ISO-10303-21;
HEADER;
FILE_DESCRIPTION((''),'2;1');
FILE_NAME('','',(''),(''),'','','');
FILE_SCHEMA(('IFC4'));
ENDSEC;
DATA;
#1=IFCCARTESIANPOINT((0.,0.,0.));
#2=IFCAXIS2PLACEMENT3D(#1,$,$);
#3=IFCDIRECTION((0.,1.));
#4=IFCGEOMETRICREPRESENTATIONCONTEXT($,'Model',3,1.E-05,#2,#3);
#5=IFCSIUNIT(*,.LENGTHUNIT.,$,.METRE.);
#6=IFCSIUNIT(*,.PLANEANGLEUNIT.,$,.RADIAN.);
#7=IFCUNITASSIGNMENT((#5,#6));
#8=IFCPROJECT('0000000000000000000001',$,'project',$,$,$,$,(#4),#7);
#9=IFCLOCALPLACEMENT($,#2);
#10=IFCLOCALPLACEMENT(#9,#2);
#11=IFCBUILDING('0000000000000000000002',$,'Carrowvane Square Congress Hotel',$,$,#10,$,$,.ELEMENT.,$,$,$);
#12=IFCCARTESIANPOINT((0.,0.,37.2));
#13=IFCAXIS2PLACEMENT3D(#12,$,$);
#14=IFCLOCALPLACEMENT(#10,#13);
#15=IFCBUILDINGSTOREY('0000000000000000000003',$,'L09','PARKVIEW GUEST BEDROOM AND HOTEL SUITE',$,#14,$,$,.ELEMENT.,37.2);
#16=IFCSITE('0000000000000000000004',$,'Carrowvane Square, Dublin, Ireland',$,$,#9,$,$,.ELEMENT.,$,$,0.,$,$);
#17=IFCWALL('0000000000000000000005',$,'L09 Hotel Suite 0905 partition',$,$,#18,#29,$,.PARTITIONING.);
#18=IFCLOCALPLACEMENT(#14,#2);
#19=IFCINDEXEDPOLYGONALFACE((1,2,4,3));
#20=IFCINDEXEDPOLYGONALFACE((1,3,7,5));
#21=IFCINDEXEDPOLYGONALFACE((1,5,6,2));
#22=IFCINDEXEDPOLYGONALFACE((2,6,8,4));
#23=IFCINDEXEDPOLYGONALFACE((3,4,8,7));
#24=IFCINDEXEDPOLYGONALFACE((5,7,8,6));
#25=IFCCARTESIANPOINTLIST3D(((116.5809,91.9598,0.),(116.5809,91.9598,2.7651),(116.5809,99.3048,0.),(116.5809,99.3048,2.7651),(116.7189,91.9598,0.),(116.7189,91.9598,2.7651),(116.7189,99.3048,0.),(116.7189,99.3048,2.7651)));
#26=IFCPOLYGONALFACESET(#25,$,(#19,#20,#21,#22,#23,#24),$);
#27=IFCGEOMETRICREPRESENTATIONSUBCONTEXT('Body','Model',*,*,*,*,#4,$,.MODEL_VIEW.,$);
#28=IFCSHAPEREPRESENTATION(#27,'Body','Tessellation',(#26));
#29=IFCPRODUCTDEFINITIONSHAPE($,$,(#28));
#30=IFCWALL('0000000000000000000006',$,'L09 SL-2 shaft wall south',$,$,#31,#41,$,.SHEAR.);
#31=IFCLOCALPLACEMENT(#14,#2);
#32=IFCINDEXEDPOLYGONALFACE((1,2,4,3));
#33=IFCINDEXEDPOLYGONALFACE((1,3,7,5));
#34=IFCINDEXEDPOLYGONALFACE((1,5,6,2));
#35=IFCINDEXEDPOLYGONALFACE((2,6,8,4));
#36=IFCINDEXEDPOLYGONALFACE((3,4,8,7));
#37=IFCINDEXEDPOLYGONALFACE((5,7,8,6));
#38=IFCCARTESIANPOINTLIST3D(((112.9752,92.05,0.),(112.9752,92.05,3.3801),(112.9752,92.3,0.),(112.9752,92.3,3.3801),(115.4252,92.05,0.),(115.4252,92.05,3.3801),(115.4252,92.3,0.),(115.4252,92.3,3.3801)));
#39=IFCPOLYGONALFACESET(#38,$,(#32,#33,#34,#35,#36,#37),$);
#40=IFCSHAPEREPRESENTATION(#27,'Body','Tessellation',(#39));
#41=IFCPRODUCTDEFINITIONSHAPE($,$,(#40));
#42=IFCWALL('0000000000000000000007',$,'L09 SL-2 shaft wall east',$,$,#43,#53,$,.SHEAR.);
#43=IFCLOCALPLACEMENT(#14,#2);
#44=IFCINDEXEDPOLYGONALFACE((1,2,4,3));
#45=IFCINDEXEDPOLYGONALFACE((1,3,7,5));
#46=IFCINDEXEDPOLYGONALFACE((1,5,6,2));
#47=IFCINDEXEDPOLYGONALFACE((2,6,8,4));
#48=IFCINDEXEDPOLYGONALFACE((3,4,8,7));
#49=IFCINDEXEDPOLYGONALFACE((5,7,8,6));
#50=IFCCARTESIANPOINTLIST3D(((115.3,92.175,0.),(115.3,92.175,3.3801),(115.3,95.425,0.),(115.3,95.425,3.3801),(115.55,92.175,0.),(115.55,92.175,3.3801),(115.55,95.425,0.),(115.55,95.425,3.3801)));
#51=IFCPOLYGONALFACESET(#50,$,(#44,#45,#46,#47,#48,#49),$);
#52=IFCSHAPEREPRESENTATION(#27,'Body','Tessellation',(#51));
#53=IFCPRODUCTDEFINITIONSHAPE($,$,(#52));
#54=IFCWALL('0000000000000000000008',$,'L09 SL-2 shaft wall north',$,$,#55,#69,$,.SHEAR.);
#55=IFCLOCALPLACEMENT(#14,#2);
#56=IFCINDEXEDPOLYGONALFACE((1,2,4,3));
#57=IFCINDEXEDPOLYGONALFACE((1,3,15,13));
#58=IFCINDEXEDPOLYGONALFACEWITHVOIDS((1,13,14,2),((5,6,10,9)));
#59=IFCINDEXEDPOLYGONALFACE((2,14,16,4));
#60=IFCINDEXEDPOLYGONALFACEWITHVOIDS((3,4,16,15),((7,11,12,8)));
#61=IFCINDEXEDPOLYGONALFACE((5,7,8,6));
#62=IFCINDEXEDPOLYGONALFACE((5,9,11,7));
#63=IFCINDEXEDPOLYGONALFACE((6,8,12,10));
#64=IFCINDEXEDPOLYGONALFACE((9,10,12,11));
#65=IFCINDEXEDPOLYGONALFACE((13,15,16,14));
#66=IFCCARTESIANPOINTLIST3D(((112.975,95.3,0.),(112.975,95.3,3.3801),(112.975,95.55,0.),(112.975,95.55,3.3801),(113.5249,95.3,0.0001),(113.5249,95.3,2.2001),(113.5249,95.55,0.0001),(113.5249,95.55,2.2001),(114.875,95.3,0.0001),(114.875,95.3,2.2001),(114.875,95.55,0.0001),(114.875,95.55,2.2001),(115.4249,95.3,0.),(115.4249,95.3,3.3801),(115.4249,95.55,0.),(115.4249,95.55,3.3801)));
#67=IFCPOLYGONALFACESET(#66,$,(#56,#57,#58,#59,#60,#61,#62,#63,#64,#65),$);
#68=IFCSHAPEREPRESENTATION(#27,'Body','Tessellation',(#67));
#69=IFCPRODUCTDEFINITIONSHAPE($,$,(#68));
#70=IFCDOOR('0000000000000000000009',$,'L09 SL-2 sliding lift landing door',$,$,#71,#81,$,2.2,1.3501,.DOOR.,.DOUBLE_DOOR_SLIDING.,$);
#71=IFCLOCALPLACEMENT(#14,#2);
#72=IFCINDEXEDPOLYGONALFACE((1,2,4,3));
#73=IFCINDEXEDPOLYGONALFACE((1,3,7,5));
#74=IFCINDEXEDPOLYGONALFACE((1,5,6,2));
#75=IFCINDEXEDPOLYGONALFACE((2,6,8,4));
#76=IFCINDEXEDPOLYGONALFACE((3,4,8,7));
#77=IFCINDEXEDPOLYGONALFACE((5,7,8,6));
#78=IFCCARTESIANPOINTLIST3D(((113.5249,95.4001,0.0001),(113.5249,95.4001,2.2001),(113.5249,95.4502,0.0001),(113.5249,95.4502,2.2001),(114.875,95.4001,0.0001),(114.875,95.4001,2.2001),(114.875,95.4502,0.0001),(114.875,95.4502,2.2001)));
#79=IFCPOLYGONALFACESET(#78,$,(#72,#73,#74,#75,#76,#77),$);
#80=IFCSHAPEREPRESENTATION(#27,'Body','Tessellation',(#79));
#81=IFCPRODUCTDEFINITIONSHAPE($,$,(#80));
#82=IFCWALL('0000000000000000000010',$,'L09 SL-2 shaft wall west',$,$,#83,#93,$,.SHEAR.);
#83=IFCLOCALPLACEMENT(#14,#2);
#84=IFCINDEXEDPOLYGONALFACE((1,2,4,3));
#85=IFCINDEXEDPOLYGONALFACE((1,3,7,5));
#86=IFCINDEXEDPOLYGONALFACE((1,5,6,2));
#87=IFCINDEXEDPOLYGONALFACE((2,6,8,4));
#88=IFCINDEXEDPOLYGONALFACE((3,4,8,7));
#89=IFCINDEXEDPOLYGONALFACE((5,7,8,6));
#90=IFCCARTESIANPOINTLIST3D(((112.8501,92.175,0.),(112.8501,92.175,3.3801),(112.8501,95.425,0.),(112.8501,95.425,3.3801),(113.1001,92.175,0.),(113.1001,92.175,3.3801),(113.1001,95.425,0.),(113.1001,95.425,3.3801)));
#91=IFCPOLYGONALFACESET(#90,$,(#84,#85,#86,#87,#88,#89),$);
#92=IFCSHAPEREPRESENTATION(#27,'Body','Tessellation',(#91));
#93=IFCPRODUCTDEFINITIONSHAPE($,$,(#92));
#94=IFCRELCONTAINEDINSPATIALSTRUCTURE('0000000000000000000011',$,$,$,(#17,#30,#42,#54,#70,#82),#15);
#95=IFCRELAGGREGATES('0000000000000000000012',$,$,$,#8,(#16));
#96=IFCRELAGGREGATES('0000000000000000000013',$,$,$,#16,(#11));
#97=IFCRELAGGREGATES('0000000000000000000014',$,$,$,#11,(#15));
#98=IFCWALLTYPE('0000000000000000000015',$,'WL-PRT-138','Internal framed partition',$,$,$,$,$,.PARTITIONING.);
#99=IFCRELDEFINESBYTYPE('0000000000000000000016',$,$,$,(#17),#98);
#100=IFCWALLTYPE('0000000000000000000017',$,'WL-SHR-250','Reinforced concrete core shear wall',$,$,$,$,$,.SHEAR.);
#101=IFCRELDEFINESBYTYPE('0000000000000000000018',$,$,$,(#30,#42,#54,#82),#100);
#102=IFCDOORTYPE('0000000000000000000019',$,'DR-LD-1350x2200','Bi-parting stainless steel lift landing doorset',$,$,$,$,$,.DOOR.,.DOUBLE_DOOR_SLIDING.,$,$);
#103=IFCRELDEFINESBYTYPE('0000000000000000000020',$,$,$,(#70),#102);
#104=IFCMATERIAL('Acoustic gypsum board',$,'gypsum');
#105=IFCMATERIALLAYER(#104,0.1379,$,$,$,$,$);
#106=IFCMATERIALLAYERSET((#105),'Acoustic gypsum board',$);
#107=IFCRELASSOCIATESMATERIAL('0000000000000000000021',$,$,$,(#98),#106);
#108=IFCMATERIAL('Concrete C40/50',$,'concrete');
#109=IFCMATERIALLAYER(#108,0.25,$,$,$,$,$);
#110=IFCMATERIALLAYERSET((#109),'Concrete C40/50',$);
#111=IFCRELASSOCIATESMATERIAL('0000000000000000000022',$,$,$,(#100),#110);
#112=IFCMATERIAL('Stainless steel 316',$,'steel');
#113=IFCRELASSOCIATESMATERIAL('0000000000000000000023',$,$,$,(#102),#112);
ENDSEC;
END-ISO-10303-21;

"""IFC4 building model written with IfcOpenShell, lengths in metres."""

from ifc_helpers import new_model, si_unit, direction, frame, frame_2d, origin, place, context, subcontext, project, spatial, rectangle, extrude, material, layer, layer_set, type_object, element, fill, save


model = new_model("IFC4")

# Units and contexts
model_context = context("Model", 3, precision=1e-05, world=origin(), true_north=direction((0.0, 1.0)))
body_context = subcontext(model_context, "Body", "Model", "MODEL_VIEW")
ifc_project = project(units=[si_unit("LENGTHUNIT", "METRE"), si_unit("PLANEANGLEUNIT", "RADIAN")], contexts=[model_context])

# Site, building, storey
site_placement = place(None, origin())
site = spatial("IfcSite", under=ifc_project, at=site_placement, Name="Carrowvane Square, Dublin, Ireland", CompositionType="ELEMENT", RefElevation=0.0)
building_placement = place(site_placement, origin())
building = spatial("IfcBuilding", under=site, at=building_placement, Name="Carrowvane Square Congress Hotel", CompositionType="ELEMENT")
storey_placement = place(building_placement, frame((0.0, 0.0, 37.2)))
storey = spatial("IfcBuildingStorey", under=building, at=storey_placement, Name="L09", Description="PARKVIEW GUEST BEDROOM AND HOTEL SUITE", CompositionType="ELEMENT", Elevation=37.2)

# Walls
ifc_material_1 = material(Name="Acoustic gypsum board", Category="gypsum")
ifc_layer_1 = layer(ifc_material_1, 0.1379)
ifc_layer_set_1 = layer_set([ifc_layer_1], Name="Acoustic gypsum board")
wall_type_1 = type_object("IfcWallType", Name="WL-PRT-138", Description="Internal framed partition", PredefinedType="PARTITIONING", material=ifc_layer_set_1)
wall_1_placement = place(storey_placement, frame((116.6499, 91.96, 0.0), z_axis=(0.0, 0.0, 1.0), x_axis=(0.0, 1.0, 0.0)))
element("IfcWall", 1, at=wall_1_placement, inside=storey, type_object=wall_type_1, Name="L09 Hotel Suite 0905 partition", PredefinedType="PARTITIONING", context=body_context, shape_type="SweptSolid", body=[
    extrude(rectangle(XDim=7.345, YDim=0.1379, at=frame_2d((3.6724, 0.0))), origin(), (0.0, 0.0, 1.0), 2.7651),
])
ifc_material_2 = material(Name="Concrete C40/50", Category="concrete")
ifc_layer_2 = layer(ifc_material_2, 0.25)
ifc_layer_set_2 = layer_set([ifc_layer_2], Name="Concrete C40/50")
wall_type_2 = type_object("IfcWallType", Name="WL-SHR-250", Description="Reinforced concrete core shear wall", PredefinedType="SHEAR", material=ifc_layer_set_2)
wall_2_placement = place(storey_placement, frame((112.9751, 92.175, 0.0), z_axis=(0.0, 0.0, 1.0), x_axis=(1.0, 0.0, 0.0)))
element("IfcWall", 2, at=wall_2_placement, inside=storey, type_object=wall_type_2, Name="L09 SL-2 shaft wall south", PredefinedType="SHEAR", context=body_context, shape_type="SweptSolid", body=[
    extrude(rectangle(XDim=2.45, YDim=0.25, at=frame_2d((1.2251, 0.0))), origin(), (0.0, 0.0, 1.0), 3.3801),
])
wall_3_placement = place(storey_placement, frame((115.425, 92.175, 0.0), z_axis=(0.0, 0.0, 1.0), x_axis=(0.0, 1.0, 0.0)))
element("IfcWall", 3, at=wall_3_placement, inside=storey, type_object=wall_type_2, Name="L09 SL-2 shaft wall east", PredefinedType="SHEAR", context=body_context, shape_type="SweptSolid", body=[
    extrude(rectangle(XDim=3.25, YDim=0.25, at=frame_2d((1.625, 0.0))), origin(), (0.0, 0.0, 1.0), 3.3801),
])

# Wall, opening, door
wall_4_placement = place(storey_placement, frame((115.425, 95.425, 0.0), z_axis=(0.0, 0.0, 1.0), x_axis=(-1.0, 0.0, 0.0)))
wall_4 = element("IfcWall", 4, at=wall_4_placement, inside=storey, type_object=wall_type_2, Name="L09 SL-2 shaft wall north", PredefinedType="SHEAR", context=body_context, shape_type="SweptSolid", body=[
    extrude(rectangle(XDim=2.45, YDim=0.25, at=frame_2d((1.2251, 0.0))), origin(), (0.0, 0.0, 1.0), 3.3801),
])
opening_1_placement = place(wall_4_placement, frame((0.55, 0.0, 0.0)))
opening_1 = element("IfcOpeningElement", 5, at=opening_1_placement, cuts=wall_4, PredefinedType="OPENING", context=body_context, shape_type="SweptSolid", body=[
    extrude(rectangle(XDim=1.3501, YDim=2.2, at=frame_2d((0.675, 1.1001))), frame((0.0, 0.135, 0.0), z_axis=(0.0, -1.0, 0.0), x_axis=(1.0, 0.0, 0.0)), (0.0, 0.0, 1.0), 0.27),
])
ifc_material_3 = material(Name="Stainless steel 316", Category="steel")
door_type_1 = type_object("IfcDoorType", Name="DR-LD-1350x2200", Description="Bi-parting stainless steel lift landing doorset", OperationType="DOUBLE_DOOR_SLIDING", PredefinedType="DOOR", material=ifc_material_3)
door_1_placement = place(opening_1_placement, origin())
door_1 = element("IfcDoor", 6, at=door_1_placement, inside=storey, type_object=door_type_1, Name="L09 SL-2 sliding lift landing door", OperationType="DOUBLE_DOOR_SLIDING", OverallHeight=2.2, OverallWidth=1.3501, PredefinedType="DOOR", context=body_context, shape_type="SweptSolid", body=[
    extrude(rectangle(XDim=1.3501, YDim=2.2, at=frame_2d((0.675, 1.1001))), frame((0.0, 0.0249, 0.0), z_axis=(0.0, -1.0, 0.0), x_axis=(1.0, 0.0, 0.0)), (0.0, 0.0, 1.0), 0.05),
])
fill(opening_1, door_1)

# Wall
wall_5_placement = place(storey_placement, frame((112.9751, 95.425, 0.0), z_axis=(0.0, 0.0, 1.0), x_axis=(0.0, -1.0, 0.0)))
element("IfcWall", 7, at=wall_5_placement, inside=storey, type_object=wall_type_2, Name="L09 SL-2 shaft wall west", PredefinedType="SHEAR", context=body_context, shape_type="SweptSolid", body=[
    extrude(rectangle(XDim=3.25, YDim=0.25, at=frame_2d((1.625, 0.0))), origin(), (0.0, 0.0, 1.0), 3.3801),
])

save(model, "model.ifc")
